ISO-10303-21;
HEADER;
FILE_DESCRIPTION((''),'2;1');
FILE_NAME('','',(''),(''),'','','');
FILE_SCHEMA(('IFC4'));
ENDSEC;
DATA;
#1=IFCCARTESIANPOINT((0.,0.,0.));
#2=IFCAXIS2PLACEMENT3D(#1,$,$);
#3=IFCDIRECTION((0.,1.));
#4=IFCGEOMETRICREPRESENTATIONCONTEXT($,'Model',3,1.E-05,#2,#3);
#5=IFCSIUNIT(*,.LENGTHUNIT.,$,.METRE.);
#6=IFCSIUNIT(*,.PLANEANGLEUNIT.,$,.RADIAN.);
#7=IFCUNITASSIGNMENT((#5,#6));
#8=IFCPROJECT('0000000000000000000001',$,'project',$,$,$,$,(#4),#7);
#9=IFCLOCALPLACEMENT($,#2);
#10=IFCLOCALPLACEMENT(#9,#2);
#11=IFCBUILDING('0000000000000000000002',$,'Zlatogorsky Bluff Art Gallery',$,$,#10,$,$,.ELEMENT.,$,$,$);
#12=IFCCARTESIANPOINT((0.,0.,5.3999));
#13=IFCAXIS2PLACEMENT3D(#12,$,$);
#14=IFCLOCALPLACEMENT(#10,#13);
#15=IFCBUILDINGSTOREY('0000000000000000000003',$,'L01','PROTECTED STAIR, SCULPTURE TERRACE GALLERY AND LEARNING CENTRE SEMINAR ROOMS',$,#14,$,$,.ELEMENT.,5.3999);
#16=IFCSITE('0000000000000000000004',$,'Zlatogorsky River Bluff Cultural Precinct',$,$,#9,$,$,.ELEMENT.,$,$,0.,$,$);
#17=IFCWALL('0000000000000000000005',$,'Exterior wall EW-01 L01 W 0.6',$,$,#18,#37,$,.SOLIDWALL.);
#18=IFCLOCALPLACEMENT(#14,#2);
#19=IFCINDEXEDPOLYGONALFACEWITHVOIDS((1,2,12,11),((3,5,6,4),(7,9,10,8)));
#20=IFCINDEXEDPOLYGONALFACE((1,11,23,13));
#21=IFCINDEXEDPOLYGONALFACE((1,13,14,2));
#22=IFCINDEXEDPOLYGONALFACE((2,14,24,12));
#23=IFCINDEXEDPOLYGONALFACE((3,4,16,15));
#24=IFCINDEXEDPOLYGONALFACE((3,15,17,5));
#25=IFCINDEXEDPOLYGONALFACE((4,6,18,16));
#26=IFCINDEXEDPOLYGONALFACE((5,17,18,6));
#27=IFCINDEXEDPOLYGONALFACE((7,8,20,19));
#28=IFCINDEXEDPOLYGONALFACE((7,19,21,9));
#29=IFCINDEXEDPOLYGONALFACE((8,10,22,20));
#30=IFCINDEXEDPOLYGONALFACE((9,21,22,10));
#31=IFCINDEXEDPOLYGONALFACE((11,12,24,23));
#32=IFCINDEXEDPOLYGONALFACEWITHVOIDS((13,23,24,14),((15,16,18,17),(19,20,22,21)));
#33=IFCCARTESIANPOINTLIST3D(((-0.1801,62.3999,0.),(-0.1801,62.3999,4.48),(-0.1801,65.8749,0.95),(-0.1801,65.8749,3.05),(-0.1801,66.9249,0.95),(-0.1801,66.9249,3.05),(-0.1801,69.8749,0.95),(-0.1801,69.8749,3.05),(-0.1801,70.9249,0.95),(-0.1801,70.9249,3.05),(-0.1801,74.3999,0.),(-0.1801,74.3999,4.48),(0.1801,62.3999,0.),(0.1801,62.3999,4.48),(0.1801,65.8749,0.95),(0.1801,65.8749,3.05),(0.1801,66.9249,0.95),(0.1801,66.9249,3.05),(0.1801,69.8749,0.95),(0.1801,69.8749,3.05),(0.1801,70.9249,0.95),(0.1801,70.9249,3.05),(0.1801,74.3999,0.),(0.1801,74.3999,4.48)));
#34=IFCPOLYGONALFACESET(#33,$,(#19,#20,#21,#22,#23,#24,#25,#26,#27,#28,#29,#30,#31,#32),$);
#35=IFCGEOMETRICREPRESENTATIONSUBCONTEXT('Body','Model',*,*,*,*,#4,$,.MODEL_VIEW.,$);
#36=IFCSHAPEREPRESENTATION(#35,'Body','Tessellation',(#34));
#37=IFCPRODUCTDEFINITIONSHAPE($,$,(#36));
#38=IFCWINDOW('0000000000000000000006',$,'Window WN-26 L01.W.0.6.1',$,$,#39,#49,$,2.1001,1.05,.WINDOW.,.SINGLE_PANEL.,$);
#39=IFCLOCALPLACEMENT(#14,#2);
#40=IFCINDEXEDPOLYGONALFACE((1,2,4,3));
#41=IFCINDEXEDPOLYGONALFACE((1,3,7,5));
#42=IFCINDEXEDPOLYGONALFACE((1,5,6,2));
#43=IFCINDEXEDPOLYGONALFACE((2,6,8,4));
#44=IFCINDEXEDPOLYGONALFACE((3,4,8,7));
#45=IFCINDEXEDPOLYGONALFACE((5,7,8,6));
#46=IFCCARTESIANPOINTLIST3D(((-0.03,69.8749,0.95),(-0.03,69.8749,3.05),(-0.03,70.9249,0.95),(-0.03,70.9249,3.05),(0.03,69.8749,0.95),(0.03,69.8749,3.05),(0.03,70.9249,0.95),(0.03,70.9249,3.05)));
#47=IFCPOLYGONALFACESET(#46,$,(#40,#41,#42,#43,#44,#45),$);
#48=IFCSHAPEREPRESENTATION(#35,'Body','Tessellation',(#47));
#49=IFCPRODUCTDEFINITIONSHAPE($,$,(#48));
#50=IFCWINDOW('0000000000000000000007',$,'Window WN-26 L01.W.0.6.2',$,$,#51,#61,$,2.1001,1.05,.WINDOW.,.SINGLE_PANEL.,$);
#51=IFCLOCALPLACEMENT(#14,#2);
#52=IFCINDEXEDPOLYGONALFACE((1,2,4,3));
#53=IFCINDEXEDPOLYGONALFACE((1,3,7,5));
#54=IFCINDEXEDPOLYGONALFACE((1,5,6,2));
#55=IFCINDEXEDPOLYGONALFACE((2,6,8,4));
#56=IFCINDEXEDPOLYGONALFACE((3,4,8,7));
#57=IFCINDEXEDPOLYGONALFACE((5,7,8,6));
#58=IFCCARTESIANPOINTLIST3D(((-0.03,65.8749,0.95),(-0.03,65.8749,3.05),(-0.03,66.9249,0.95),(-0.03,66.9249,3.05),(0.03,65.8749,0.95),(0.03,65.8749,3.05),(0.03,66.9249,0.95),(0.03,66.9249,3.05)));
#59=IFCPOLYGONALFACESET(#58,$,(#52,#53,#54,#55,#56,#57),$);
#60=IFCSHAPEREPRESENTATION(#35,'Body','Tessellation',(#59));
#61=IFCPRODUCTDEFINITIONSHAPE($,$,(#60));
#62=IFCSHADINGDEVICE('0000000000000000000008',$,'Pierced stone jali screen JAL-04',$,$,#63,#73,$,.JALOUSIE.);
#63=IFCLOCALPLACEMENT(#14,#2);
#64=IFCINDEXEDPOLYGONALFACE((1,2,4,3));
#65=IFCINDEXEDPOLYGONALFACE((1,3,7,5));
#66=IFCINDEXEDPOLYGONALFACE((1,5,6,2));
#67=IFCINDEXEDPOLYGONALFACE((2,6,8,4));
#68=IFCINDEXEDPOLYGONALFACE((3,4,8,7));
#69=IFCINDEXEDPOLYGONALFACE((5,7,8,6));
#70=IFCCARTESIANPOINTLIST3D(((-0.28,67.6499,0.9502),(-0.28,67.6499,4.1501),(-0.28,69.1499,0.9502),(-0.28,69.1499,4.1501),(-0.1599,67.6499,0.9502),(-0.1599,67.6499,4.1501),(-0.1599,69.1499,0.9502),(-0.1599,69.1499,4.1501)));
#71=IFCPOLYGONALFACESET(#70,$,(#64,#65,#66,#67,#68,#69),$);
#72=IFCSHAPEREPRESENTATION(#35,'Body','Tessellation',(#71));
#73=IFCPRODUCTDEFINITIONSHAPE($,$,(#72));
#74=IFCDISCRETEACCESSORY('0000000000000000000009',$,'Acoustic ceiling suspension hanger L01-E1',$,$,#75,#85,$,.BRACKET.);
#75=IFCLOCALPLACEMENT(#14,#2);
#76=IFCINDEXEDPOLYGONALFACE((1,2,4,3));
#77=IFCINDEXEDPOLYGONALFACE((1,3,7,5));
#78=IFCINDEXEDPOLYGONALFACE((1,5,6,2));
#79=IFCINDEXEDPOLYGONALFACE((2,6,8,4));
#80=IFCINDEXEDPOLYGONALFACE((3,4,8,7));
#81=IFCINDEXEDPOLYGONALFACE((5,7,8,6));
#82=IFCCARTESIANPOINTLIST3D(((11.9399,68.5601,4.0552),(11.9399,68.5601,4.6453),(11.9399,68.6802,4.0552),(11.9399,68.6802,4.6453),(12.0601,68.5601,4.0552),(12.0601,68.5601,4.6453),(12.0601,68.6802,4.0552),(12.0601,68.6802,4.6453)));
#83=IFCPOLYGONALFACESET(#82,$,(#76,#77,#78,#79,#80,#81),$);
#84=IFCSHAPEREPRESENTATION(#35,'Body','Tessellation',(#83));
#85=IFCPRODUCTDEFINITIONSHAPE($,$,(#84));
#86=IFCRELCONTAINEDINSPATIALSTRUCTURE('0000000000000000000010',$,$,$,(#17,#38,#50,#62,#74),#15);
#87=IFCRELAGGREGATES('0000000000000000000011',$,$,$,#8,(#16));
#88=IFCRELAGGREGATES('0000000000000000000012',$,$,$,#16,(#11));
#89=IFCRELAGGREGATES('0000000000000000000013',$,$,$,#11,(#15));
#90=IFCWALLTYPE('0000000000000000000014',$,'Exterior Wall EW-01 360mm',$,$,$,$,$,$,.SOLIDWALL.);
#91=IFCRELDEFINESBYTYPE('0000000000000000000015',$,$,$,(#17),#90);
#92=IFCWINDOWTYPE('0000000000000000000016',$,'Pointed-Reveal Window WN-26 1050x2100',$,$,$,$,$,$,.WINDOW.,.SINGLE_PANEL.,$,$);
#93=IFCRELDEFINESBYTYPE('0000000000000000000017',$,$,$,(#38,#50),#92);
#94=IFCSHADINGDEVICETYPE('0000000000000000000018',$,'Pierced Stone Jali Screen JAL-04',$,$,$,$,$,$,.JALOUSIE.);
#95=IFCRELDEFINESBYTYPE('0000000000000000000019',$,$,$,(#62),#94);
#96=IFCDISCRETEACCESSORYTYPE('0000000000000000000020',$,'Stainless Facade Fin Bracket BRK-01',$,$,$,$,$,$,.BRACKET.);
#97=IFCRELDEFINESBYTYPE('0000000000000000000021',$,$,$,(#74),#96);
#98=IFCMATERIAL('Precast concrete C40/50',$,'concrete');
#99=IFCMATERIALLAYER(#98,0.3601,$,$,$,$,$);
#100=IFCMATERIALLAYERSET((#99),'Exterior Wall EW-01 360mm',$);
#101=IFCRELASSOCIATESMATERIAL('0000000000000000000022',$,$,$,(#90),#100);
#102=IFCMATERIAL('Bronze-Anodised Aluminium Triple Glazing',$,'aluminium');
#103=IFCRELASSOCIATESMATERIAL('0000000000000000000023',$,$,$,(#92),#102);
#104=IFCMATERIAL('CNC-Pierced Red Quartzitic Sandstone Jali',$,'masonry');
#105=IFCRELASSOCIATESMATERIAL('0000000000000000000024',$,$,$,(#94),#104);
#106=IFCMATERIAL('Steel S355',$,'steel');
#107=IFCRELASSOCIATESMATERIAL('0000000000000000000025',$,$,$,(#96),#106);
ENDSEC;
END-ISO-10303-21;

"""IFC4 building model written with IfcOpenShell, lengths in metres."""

from ifc_helpers import new_model, si_unit, direction, frame, frame_2d, origin, origin_2d, place, context, subcontext, project, spatial, rectangle, extrude, material, layer, layer_set, type_object, element, fill, save


model = new_model("IFC4")

# Units and contexts
model_context = context("Model", 3, precision=1e-05, world=origin(), true_north=direction((0.0, 1.0)))
body_context = subcontext(model_context, "Body", "Model", "MODEL_VIEW")
ifc_project = project(units=[si_unit("LENGTHUNIT", "METRE"), si_unit("PLANEANGLEUNIT", "RADIAN")], contexts=[model_context])

# Site, building, storey
site_placement = place(None, origin())
site = spatial("IfcSite", under=ifc_project, at=site_placement, Name="Zlatogorsky River Bluff Cultural Precinct", CompositionType="ELEMENT", RefElevation=0.0)
building_placement = place(site_placement, origin())
building = spatial("IfcBuilding", under=site, at=building_placement, Name="Zlatogorsky Bluff Art Gallery", CompositionType="ELEMENT")
storey_placement = place(building_placement, frame((0.0, 0.0, 5.3999)))
storey = spatial("IfcBuildingStorey", under=building, at=storey_placement, Name="L01", Description="PROTECTED STAIR, SCULPTURE TERRACE GALLERY AND LEARNING CENTRE SEMINAR ROOMS", CompositionType="ELEMENT", Elevation=5.3999)

# Shared definitions
ifc_material_1 = material(Name="Steel S355", Category="steel")

# Wall, openings, windows
ifc_material_2 = material(Name="Precast concrete C40/50", Category="concrete")
ifc_layer_1 = layer(ifc_material_2, 0.3601)
ifc_layer_set_1 = layer_set([ifc_layer_1], Name="Exterior Wall EW-01 360mm")
wall_type = type_object("IfcWallType", Name="Exterior Wall EW-01 360mm", PredefinedType="SOLIDWALL", material=ifc_layer_set_1)
wall_placement = place(storey_placement, frame((0.0, 74.3999, 0.0), z_axis=(0.0, 0.0, 1.0), x_axis=(0.0, -1.0, 0.0)))
wall = element("IfcWall", 1, at=wall_placement, inside=storey, type_object=wall_type, Name="Exterior wall EW-01 L01 W 0.6", PredefinedType="SOLIDWALL", context=body_context, shape_type="SweptSolid", body=[
    extrude(rectangle(XDim=12.0, YDim=0.3601, at=frame_2d((6.0, 0.0))), origin(), (0.0, 0.0, 1.0), 4.48),
])
opening_1_placement = place(wall_placement, frame((3.4751, 0.0, 0.95)))
opening_1 = element("IfcOpeningElement", 2, at=opening_1_placement, cuts=wall, PredefinedType="OPENING", context=body_context, shape_type="SweptSolid", body=[
    extrude(rectangle(XDim=1.05, YDim=2.1001, at=frame_2d((0.5249, 1.05))), frame((0.0, 0.1899, 0.0), z_axis=(0.0, -1.0, 0.0), x_axis=(1.0, 0.0, 0.0)), (0.0, 0.0, 1.0), 0.3801),
])
opening_2_placement = place(wall_placement, frame((7.4751, 0.0, 0.95)))
opening_2 = element("IfcOpeningElement", 3, at=opening_2_placement, cuts=wall, PredefinedType="OPENING", context=body_context, shape_type="SweptSolid", body=[
    extrude(rectangle(XDim=1.05, YDim=2.1001, at=frame_2d((0.5249, 1.05))), frame((0.0, 0.1899, 0.0), z_axis=(0.0, -1.0, 0.0), x_axis=(1.0, 0.0, 0.0)), (0.0, 0.0, 1.0), 0.3801),
])
ifc_material_3 = material(Name="Bronze-Anodised Aluminium Triple Glazing", Category="aluminium")
window_type = type_object("IfcWindowType", Name="Pointed-Reveal Window WN-26 1050x2100", PartitioningType="SINGLE_PANEL", PredefinedType="WINDOW", material=ifc_material_3)
window_1_placement = place(opening_1_placement, origin())
window_1 = element("IfcWindow", 4, at=window_1_placement, inside=storey, type_object=window_type, Name="Window WN-26 L01.W.0.6.1", OverallHeight=2.1001, OverallWidth=1.05, PartitioningType="SINGLE_PANEL", PredefinedType="WINDOW", context=body_context, shape_type="SweptSolid", body=[
    extrude(rectangle(XDim=1.05, YDim=2.1001, at=frame_2d((0.5249, 1.05))), frame((0.0, 0.03, 0.0), z_axis=(0.0, -1.0, 0.0), x_axis=(1.0, 0.0, 0.0)), (0.0, 0.0, 1.0), 0.0601),
])
fill(opening_1, window_1)
window_2_placement = place(opening_2_placement, origin())
window_2 = element("IfcWindow", 5, at=window_2_placement, inside=storey, type_object=window_type, Name="Window WN-26 L01.W.0.6.2", OverallHeight=2.1001, OverallWidth=1.05, PartitioningType="SINGLE_PANEL", PredefinedType="WINDOW", context=body_context, shape_type="SweptSolid", body=[
    extrude(rectangle(XDim=1.05, YDim=2.1001, at=frame_2d((0.5249, 1.05))), frame((0.0, 0.03, 0.0), z_axis=(0.0, -1.0, 0.0), x_axis=(1.0, 0.0, 0.0)), (0.0, 0.0, 1.0), 0.0601),
])
fill(opening_2, window_2)

# Shading device
ifc_material_4 = material(Name="CNC-Pierced Red Quartzitic Sandstone Jali", Category="masonry")
shading_device_type = type_object("IfcShadingDeviceType", Name="Pierced Stone Jali Screen JAL-04", PredefinedType="JALOUSIE", material=ifc_material_4)
shading_device_placement = place(storey_placement, frame((-0.22, 68.3999, 0.9502), z_axis=(0.0, 0.0, 1.0), x_axis=(1.0, 0.0, 0.0)))
element("IfcShadingDevice", 6, at=shading_device_placement, inside=storey, type_object=shading_device_type, Name="Pierced stone jali screen JAL-04", PredefinedType="JALOUSIE", context=body_context, shape_type="SweptSolid", body=[
    extrude(rectangle(XDim=0.1201, YDim=1.5, at=origin_2d()), origin(), (0.0, 0.0, 1.0), 3.2),
])

# Discrete accessory
discrete_accessory_type = type_object("IfcDiscreteAccessoryType", Name="Stainless Facade Fin Bracket BRK-01", PredefinedType="BRACKET", material=ifc_material_1)
discrete_accessory_placement = place(storey_placement, frame((12.0, 68.6201, 4.0552), z_axis=(0.0, 0.0, 1.0), x_axis=(1.0, 0.0, 0.0)))
element("IfcDiscreteAccessory", 7, at=discrete_accessory_placement, inside=storey, type_object=discrete_accessory_type, Name="Acoustic ceiling suspension hanger L01-E1", PredefinedType="BRACKET", context=body_context, shape_type="SweptSolid", body=[
    extrude(rectangle(XDim=0.1201, YDim=0.1201, at=origin_2d()), origin(), (0.0, 0.0, 1.0), 0.5901),
])

save(model, "model.ifc")
